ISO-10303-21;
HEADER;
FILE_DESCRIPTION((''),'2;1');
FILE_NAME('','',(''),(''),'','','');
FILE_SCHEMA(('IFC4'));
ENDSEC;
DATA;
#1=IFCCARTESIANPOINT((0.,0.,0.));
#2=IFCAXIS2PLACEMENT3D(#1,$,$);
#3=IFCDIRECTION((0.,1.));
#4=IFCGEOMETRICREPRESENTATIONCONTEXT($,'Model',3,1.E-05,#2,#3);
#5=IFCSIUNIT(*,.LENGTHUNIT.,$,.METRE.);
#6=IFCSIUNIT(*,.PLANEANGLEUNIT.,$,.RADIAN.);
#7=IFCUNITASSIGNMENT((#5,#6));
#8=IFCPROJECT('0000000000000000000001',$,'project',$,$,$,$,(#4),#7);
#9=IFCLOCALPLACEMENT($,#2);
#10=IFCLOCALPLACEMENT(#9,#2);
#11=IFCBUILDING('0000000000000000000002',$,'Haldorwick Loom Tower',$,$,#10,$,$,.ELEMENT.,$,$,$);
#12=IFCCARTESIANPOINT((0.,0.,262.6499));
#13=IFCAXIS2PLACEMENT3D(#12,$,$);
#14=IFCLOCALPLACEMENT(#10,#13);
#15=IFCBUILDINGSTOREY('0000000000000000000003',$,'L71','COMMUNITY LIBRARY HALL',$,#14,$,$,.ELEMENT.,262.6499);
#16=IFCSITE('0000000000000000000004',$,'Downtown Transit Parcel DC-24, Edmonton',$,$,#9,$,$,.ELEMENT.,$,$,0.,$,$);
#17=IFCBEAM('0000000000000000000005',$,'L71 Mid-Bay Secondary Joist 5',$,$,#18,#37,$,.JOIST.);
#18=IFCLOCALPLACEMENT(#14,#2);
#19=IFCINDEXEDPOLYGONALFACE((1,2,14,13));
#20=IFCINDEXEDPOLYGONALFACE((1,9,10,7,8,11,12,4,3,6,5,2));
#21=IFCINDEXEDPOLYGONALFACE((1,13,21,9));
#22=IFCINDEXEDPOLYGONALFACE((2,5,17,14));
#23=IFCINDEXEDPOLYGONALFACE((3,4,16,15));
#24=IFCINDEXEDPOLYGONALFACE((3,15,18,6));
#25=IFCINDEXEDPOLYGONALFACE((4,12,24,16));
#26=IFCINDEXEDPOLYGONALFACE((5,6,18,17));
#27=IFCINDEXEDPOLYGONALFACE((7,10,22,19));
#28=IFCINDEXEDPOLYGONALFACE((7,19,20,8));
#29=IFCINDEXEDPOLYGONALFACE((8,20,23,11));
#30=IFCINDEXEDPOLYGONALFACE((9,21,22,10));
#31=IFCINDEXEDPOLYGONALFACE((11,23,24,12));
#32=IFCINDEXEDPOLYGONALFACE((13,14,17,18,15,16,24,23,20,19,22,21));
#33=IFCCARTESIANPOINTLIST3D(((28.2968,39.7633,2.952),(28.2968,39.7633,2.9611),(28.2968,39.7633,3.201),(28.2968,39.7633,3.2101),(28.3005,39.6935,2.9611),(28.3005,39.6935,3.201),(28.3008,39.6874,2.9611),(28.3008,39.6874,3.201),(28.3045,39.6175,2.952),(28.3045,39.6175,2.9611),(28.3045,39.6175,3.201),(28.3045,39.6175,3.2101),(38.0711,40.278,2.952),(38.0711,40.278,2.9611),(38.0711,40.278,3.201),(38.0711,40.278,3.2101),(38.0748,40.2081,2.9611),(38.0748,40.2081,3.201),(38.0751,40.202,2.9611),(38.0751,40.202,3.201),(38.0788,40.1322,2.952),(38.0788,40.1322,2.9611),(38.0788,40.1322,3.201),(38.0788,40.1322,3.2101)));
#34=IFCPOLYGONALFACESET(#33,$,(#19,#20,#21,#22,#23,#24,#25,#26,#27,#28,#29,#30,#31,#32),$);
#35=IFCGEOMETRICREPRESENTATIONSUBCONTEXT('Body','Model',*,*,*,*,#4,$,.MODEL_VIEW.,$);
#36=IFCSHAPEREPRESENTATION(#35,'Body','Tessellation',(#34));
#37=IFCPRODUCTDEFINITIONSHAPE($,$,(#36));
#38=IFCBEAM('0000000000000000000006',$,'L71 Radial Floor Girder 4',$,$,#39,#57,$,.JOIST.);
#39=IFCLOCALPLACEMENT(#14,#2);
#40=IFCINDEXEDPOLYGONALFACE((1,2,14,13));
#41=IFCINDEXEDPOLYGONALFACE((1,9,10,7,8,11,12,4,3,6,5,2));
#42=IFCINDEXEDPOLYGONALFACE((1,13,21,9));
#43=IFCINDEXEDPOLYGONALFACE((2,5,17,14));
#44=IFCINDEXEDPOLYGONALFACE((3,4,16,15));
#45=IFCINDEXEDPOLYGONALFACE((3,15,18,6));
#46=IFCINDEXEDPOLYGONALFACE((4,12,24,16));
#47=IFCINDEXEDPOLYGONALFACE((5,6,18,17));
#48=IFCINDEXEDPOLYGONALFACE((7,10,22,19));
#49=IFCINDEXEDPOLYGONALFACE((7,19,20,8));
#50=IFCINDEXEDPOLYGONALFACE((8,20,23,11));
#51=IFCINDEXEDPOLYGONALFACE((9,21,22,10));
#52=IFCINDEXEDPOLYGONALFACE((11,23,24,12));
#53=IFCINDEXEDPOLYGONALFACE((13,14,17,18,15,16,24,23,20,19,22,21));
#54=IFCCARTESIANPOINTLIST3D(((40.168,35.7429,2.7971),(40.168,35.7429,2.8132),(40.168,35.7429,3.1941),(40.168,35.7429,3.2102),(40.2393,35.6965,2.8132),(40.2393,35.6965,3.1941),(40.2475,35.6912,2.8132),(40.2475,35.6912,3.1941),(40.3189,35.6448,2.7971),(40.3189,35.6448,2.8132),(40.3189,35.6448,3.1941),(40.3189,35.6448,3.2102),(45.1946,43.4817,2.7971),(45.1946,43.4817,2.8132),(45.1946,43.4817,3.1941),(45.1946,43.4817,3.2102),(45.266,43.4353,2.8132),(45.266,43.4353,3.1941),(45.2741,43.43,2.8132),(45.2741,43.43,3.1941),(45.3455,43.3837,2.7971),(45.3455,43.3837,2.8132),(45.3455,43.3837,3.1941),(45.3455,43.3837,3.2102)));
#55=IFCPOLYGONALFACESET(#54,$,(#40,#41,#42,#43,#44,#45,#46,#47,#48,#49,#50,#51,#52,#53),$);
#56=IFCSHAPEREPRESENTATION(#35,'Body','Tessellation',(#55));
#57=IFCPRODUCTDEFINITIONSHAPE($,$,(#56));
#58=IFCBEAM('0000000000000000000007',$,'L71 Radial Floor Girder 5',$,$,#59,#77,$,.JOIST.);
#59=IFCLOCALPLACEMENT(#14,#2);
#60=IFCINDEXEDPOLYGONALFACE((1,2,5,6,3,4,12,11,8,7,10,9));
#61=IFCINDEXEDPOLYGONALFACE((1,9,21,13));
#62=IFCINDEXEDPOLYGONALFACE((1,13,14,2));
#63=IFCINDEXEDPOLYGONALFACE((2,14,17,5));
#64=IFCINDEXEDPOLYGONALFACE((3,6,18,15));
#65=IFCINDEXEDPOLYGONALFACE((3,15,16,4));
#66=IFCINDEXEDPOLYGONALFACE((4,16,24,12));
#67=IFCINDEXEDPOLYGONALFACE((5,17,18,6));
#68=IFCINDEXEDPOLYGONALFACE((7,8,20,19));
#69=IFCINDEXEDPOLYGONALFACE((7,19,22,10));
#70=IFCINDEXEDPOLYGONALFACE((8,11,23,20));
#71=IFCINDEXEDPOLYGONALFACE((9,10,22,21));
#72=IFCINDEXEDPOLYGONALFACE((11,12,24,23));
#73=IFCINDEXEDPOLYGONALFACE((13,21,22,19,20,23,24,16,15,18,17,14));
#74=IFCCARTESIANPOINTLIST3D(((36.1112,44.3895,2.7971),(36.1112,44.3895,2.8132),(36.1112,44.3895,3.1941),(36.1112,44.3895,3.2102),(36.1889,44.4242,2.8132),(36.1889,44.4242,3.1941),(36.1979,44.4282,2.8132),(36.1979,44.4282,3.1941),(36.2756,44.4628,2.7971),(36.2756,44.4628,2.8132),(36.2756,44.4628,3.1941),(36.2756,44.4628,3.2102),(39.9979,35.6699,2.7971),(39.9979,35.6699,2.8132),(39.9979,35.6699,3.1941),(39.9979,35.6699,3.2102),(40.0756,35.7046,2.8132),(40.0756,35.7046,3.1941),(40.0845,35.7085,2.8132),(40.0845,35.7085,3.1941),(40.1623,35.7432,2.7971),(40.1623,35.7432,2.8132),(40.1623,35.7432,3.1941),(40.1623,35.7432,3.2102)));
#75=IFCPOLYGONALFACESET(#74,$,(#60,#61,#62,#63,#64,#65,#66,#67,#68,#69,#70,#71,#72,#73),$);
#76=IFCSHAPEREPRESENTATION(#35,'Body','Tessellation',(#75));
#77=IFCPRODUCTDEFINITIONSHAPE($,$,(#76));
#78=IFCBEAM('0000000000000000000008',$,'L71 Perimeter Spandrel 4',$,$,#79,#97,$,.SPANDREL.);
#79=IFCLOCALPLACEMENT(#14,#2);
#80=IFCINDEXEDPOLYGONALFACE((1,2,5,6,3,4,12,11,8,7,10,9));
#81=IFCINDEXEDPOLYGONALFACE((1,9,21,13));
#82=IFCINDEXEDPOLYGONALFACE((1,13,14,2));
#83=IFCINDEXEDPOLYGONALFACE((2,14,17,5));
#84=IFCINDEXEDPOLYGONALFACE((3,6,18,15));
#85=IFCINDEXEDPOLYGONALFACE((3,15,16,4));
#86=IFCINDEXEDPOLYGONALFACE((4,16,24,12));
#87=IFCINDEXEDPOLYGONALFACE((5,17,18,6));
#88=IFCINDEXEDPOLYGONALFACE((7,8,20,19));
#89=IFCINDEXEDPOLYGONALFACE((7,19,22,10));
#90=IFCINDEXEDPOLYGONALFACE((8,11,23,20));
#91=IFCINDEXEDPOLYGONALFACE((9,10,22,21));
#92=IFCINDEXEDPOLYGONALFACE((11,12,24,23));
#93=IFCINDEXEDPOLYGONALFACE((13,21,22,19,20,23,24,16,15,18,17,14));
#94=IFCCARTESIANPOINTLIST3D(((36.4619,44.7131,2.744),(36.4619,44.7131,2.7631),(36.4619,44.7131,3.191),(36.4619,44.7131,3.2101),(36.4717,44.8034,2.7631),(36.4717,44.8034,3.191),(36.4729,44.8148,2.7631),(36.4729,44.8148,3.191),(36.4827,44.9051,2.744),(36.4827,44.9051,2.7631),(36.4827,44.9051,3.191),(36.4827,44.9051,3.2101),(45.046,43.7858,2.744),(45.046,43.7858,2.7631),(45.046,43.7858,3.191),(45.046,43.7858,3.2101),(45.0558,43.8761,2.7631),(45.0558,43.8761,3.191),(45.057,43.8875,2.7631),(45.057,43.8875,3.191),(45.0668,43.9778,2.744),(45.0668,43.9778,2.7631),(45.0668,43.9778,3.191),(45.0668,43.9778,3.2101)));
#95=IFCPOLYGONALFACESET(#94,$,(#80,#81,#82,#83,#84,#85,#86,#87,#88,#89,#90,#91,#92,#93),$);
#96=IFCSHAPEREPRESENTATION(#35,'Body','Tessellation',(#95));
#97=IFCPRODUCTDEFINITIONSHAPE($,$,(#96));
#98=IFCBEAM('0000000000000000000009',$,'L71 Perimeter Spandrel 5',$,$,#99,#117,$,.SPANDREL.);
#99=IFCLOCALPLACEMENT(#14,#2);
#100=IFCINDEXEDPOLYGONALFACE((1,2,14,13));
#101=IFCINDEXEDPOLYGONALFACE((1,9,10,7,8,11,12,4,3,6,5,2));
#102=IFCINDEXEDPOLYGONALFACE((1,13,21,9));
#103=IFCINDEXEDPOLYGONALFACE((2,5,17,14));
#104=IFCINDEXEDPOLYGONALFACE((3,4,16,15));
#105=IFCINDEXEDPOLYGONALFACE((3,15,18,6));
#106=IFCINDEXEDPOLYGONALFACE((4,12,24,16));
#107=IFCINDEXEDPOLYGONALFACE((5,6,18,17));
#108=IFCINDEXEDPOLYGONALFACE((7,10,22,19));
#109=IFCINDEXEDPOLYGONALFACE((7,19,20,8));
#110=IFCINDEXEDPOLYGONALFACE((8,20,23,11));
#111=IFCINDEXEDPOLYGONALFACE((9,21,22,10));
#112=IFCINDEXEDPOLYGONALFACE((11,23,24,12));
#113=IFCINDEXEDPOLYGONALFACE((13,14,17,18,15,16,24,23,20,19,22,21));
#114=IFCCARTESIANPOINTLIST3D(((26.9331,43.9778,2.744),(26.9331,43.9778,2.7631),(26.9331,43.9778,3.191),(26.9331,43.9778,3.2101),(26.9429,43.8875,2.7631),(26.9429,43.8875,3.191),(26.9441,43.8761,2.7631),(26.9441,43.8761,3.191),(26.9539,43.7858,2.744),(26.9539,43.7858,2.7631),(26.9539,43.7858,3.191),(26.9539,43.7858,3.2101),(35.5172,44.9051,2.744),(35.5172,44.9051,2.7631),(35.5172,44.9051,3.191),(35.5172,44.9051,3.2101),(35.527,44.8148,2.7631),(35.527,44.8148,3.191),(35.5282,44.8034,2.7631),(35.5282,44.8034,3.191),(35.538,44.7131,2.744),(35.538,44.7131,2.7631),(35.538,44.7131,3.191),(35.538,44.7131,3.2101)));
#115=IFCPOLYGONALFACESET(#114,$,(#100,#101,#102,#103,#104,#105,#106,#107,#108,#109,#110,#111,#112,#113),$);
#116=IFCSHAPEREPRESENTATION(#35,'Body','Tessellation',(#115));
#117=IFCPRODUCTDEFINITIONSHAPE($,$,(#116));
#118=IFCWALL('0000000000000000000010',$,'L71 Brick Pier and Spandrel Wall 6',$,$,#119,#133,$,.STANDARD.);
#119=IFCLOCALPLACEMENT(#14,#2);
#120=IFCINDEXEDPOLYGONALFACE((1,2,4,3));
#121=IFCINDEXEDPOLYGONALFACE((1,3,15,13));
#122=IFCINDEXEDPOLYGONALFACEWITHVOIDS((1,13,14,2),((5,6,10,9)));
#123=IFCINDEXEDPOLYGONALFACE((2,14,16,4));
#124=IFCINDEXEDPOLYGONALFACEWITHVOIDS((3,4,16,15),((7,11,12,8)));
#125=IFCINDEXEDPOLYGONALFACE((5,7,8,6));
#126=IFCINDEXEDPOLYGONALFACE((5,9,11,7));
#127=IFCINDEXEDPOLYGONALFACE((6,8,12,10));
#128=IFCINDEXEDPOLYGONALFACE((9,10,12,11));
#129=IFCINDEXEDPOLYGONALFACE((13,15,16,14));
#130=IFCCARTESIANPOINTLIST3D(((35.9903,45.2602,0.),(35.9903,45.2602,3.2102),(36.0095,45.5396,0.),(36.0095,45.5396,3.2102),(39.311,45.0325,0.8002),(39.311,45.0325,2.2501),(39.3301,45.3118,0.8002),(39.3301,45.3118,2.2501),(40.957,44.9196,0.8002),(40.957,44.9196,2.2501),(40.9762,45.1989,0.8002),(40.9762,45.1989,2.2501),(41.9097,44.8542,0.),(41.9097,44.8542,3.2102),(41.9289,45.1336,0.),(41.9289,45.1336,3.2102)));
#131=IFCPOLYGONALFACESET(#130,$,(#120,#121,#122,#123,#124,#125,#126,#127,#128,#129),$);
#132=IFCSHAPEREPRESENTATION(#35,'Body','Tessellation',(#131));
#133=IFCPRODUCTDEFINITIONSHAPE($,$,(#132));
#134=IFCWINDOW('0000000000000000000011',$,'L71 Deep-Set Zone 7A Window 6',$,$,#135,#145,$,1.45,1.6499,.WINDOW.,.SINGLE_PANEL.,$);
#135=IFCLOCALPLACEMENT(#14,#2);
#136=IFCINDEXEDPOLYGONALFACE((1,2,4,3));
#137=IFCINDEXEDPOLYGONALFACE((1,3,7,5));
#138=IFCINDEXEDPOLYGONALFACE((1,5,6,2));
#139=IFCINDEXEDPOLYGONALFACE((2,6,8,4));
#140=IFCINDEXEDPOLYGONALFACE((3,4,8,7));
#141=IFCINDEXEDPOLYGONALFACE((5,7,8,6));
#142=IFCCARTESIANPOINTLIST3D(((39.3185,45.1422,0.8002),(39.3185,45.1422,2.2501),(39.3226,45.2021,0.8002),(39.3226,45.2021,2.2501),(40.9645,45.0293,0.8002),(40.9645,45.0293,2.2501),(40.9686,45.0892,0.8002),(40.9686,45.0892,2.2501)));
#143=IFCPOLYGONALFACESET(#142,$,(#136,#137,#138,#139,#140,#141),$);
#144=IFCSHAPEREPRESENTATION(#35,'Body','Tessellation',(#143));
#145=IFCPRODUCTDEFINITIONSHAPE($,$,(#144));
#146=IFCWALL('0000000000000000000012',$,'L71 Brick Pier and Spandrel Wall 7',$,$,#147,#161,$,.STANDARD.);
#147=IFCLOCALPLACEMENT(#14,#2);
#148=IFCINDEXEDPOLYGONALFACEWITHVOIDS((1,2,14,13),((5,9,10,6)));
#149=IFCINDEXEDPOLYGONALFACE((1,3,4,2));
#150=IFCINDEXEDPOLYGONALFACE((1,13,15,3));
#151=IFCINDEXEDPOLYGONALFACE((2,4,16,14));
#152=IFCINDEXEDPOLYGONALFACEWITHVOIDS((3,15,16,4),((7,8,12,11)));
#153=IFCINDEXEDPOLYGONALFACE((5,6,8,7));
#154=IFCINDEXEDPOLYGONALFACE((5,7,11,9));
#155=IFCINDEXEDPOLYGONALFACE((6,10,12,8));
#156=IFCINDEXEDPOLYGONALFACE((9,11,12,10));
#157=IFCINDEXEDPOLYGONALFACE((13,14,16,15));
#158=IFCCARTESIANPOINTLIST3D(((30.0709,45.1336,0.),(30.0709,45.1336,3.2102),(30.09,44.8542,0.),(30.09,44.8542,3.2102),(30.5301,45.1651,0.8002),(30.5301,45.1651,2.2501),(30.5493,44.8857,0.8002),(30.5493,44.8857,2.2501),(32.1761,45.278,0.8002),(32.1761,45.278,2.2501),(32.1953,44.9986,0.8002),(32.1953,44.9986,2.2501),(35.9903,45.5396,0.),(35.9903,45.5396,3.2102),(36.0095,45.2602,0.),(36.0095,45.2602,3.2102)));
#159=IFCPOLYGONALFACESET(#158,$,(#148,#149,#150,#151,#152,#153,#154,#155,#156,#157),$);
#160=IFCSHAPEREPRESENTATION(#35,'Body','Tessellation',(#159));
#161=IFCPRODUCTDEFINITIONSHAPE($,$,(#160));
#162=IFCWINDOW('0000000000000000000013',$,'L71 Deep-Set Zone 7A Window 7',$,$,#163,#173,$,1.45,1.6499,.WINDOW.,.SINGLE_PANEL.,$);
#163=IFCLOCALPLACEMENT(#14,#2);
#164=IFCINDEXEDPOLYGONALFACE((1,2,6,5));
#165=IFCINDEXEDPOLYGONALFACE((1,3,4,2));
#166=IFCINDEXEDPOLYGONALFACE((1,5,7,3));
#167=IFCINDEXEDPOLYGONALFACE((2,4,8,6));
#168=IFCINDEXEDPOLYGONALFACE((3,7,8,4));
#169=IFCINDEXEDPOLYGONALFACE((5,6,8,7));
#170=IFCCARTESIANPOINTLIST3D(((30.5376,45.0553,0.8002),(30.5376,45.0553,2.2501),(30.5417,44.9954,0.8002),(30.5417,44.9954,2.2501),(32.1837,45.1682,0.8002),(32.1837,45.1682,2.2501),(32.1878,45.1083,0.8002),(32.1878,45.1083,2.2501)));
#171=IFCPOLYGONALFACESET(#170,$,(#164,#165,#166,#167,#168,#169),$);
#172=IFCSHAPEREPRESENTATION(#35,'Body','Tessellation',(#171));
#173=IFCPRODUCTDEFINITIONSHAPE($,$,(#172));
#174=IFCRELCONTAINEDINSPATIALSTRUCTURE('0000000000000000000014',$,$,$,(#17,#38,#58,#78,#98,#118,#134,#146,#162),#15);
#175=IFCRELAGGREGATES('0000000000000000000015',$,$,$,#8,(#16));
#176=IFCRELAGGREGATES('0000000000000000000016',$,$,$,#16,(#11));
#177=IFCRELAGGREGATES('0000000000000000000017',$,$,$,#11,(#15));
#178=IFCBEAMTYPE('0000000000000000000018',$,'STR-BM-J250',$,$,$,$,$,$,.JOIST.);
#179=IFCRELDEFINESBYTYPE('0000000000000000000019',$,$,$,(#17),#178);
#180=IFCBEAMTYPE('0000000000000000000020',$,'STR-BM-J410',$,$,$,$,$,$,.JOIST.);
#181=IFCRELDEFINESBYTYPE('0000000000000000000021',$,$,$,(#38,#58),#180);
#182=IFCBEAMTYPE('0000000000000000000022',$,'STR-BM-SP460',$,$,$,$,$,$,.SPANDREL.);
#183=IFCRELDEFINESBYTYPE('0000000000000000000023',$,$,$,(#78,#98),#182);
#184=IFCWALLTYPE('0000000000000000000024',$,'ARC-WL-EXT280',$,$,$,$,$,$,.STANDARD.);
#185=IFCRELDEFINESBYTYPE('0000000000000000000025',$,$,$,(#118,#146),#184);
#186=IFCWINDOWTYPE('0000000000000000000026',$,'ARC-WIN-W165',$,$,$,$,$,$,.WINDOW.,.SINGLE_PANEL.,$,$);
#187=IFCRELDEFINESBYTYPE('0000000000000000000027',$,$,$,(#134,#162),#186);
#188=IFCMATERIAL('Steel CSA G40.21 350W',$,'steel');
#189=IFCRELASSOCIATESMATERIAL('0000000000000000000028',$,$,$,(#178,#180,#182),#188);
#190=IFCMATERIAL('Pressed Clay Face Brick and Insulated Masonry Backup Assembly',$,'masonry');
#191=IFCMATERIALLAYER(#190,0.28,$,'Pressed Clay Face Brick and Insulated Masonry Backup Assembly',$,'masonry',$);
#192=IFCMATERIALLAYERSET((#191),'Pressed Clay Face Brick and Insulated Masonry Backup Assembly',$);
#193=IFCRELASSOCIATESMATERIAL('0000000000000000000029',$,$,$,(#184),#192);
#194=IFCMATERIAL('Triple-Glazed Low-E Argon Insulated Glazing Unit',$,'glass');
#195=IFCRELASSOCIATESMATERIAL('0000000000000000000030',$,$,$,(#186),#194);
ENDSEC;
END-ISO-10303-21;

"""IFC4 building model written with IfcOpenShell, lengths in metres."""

from ifc_helpers import new_model, si_unit, direction, frame, frame_2d, origin, origin_2d, place, context, subcontext, project, spatial, rectangle, i_section, extrude, material, layer, layer_set, material_profile, profile_set, type_object, element, fill, save


model = new_model("IFC4")

# Units and contexts
model_context = context("Model", 3, precision=1e-05, world=origin(), true_north=direction((0.0, 1.0)))
body_context = subcontext(model_context, "Body", "Model", "MODEL_VIEW")
ifc_project = project(units=[si_unit("LENGTHUNIT", "METRE"), si_unit("PLANEANGLEUNIT", "RADIAN")], contexts=[model_context])

# Site, building, storey
site_placement = place(None, origin())
site = spatial("IfcSite", under=ifc_project, at=site_placement, Name="Downtown Transit Parcel DC-24, Edmonton", CompositionType="ELEMENT", RefElevation=0.0)
building_placement = place(site_placement, origin())
building = spatial("IfcBuilding", under=site, at=building_placement, Name="Haldorwick Loom Tower", CompositionType="ELEMENT")
storey_placement = place(building_placement, frame((0.0, 0.0, 262.6499)))
storey = spatial("IfcBuildingStorey", under=building, at=storey_placement, Name="L71", Description="COMMUNITY LIBRARY HALL", CompositionType="ELEMENT", Elevation=262.6499)

# Shared definitions
ifc_material_1 = material(Name="Steel CSA G40.21 350W", Category="steel")

# Beams
ifc_material_profile_1 = material_profile(ifc_material_1, i_section(OverallWidth=0.146, OverallDepth=0.2581, WebThickness=0.0061, FlangeThickness=0.009, at=origin_2d()), Name="W250X33", Category="steel")
ifc_profile_set_1 = profile_set([ifc_material_profile_1], Name="Steel CSA G40.21 350W")
beam_type_1 = type_object("IfcBeamType", Name="STR-BM-J250", PredefinedType="JOIST", material=ifc_profile_set_1)
beam_1_placement = place(storey_placement, frame((38.075, 40.2051, 3.0811), z_axis=(-0.998617, -0.05258, 0.0), x_axis=(0.05258, -0.998617, 0.0)))
element("IfcBeam", 1, at=beam_1_placement, inside=storey, type_object=beam_type_1, Name="L71 Mid-Bay Secondary Joist 5", PredefinedType="JOIST", context=body_context, shape_type="SweptSolid", body=[
    extrude(i_section(OverallWidth=0.146, OverallDepth=0.2581, WebThickness=0.0061, FlangeThickness=0.009, at=origin_2d()), origin(), (0.0, 0.0, 1.0), 9.7878),
])
ifc_material_profile_2 = material_profile(ifc_material_1, i_section(OverallWidth=0.1799, OverallDepth=0.4131, WebThickness=0.0098, FlangeThickness=0.0161, at=origin_2d()), Name="W410X74", Category="steel")
ifc_profile_set_2 = profile_set([ifc_material_profile_2], Name="Steel CSA G40.21 350W")
beam_type_2 = type_object("IfcBeamType", Name="STR-BM-J410", PredefinedType="JOIST", material=ifc_profile_set_2)
beam_2_placement = place(storey_placement, frame((40.2434, 35.6938, 3.0037), z_axis=(0.544715, 0.838621, 0.0), x_axis=(-0.838621, 0.544715, 0.0)))
element("IfcBeam", 2, at=beam_2_placement, inside=storey, type_object=beam_type_2, Name="L71 Radial Floor Girder 4", PredefinedType="JOIST", context=body_context, shape_type="SweptSolid", body=[
    extrude(i_section(OverallWidth=0.1799, OverallDepth=0.4131, WebThickness=0.0098, FlangeThickness=0.0161, at=origin_2d()), origin(), (0.0, 0.0, 1.0), 9.228),
])
beam_3_placement = place(storey_placement, frame((40.0801, 35.7065, 3.0037), z_axis=(-0.407125, 0.913372, 0.0), x_axis=(-0.913372, -0.407125, 0.0)))
element("IfcBeam", 3, at=beam_3_placement, inside=storey, type_object=beam_type_2, Name="L71 Radial Floor Girder 5", PredefinedType="JOIST", context=body_context, shape_type="SweptSolid", body=[
    extrude(i_section(OverallWidth=0.1799, OverallDepth=0.4131, WebThickness=0.0098, FlangeThickness=0.0161, at=origin_2d()), origin(), (0.0, 0.0, 1.0), 9.5466),
])
ifc_material_profile_3 = material_profile(ifc_material_1, i_section(OverallWidth=0.1931, OverallDepth=0.4661, WebThickness=0.0115, FlangeThickness=0.019, at=origin_2d()), Name="W460X97", Category="steel")
ifc_profile_set_3 = profile_set([ifc_material_profile_3], Name="Steel CSA G40.21 350W")
beam_type_3 = type_object("IfcBeamType", Name="STR-BM-SP460", PredefinedType="SPANDREL", material=ifc_profile_set_3)
for number, where, z_axis, x_axis, name in (
    (4, (45.0564, 43.8818, 2.9771), (-0.994216, 0.107396, 0.0), (-0.107396, -0.994216, 0.0), "L71 Perimeter Spandrel 4"),
    (5, (35.5276, 44.8091, 2.9771), (-0.994216, -0.107396, 0.0), (0.107396, -0.994216, 0.0), "L71 Perimeter Spandrel 5"),
):
    element("IfcBeam", number, at=place(storey_placement, frame(where, z_axis=z_axis, x_axis=x_axis)), inside=storey, type_object=beam_type_3, Name=name, PredefinedType="SPANDREL", context=body_context, shape_type="SweptSolid", body=[
        extrude(i_section(OverallWidth=0.1931, OverallDepth=0.4661, WebThickness=0.0115, FlangeThickness=0.019, at=origin_2d()), origin(), (0.0, 0.0, 1.0), 8.634),
    ])

# Walls, openings, windows
ifc_material_2 = material(Name="Pressed Clay Face Brick and Insulated Masonry Backup Assembly", Category="masonry")
ifc_layer = layer(ifc_material_2, 0.28, Name="Pressed Clay Face Brick and Insulated Masonry Backup Assembly", Category="masonry")
ifc_layer_set = layer_set([ifc_layer], Name="Pressed Clay Face Brick and Insulated Masonry Backup Assembly")
wall_type = type_object("IfcWallType", Name="ARC-WL-EXT280", PredefinedType="STANDARD", material=ifc_layer_set)
wall_1_placement = place(storey_placement, frame((41.9194, 44.9939, 0.0), z_axis=(0.0, 0.0, 1.0), x_axis=(-0.997656, 0.068428, 0.0)))
wall_1 = element("IfcWall", 6, at=wall_1_placement, inside=storey, type_object=wall_type, Name="L71 Brick Pier and Spandrel Wall 6", PredefinedType="STANDARD", context=body_context, shape_type="SweptSolid", body=[
    extrude(rectangle(XDim=5.9333, YDim=0.28, at=frame_2d((2.9668, 0.0))), origin(), (0.0, 0.0, 1.0), 3.2102),
])
opening_1_placement = place(wall_1_placement, frame((0.9551, 0.0, 0.8)))
opening_1 = element("IfcOpeningElement", 7, at=opening_1_placement, cuts=wall_1, PredefinedType="OPENING", context=body_context, shape_type="SweptSolid", body=[
    extrude(rectangle(XDim=1.6499, YDim=1.45, at=frame_2d((0.825, 0.7251))), frame((0.0, 0.1499, 0.0), z_axis=(0.0, -1.0, 0.0), x_axis=(1.0, 0.0, 0.0)), (0.0, 0.0, 1.0), 0.3),
])
ifc_material_3 = material(Name="Triple-Glazed Low-E Argon Insulated Glazing Unit", Category="glass")
window_type = type_object("IfcWindowType", Name="ARC-WIN-W165", PartitioningType="SINGLE_PANEL", PredefinedType="WINDOW", material=ifc_material_3)
window_1_placement = place(opening_1_placement, origin())
window_1 = element("IfcWindow", 8, at=window_1_placement, inside=storey, type_object=window_type, Name="L71 Deep-Set Zone 7A Window 6", OverallHeight=1.45, OverallWidth=1.6499, PartitioningType="SINGLE_PANEL", PredefinedType="WINDOW", context=body_context, shape_type="SweptSolid", body=[
    extrude(rectangle(XDim=1.6499, YDim=1.45, at=frame_2d((0.825, 0.7251))), frame((0.0, 0.03, 0.0), z_axis=(0.0, -1.0, 0.0), x_axis=(1.0, 0.0, 0.0)), (0.0, 0.0, 1.0), 0.0601),
])
fill(opening_1, window_1)
wall_2_placement = place(storey_placement, frame((36.0, 45.3999, 0.0), z_axis=(0.0, 0.0, 1.0), x_axis=(-0.997656, -0.068428, 0.0)))
wall_2 = element("IfcWall", 9, at=wall_2_placement, inside=storey, type_object=wall_type, Name="L71 Brick Pier and Spandrel Wall 7", PredefinedType="STANDARD", context=body_context, shape_type="SweptSolid", body=[
    extrude(rectangle(XDim=5.9333, YDim=0.28, at=frame_2d((2.9668, 0.0))), origin(), (0.0, 0.0, 1.0), 3.2102),
])
opening_2_placement = place(wall_2_placement, frame((3.8232, 0.0, 0.8)))
opening_2 = element("IfcOpeningElement", 10, at=opening_2_placement, cuts=wall_2, PredefinedType="OPENING", context=body_context, shape_type="SweptSolid", body=[
    extrude(rectangle(XDim=1.6499, YDim=1.45, at=frame_2d((0.825, 0.7251))), frame((0.0, 0.1499, 0.0), z_axis=(0.0, -1.0, 0.0), x_axis=(1.0, 0.0, 0.0)), (0.0, 0.0, 1.0), 0.3),
])
window_2_placement = place(opening_2_placement, origin())
window_2 = element("IfcWindow", 11, at=window_2_placement, inside=storey, type_object=window_type, Name="L71 Deep-Set Zone 7A Window 7", OverallHeight=1.45, OverallWidth=1.6499, PartitioningType="SINGLE_PANEL", PredefinedType="WINDOW", context=body_context, shape_type="SweptSolid", body=[
    extrude(rectangle(XDim=1.6499, YDim=1.45, at=frame_2d((0.825, 0.7251))), frame((0.0, 0.03, 0.0), z_axis=(0.0, -1.0, 0.0), x_axis=(1.0, 0.0, 0.0)), (0.0, 0.0, 1.0), 0.0601),
])
fill(opening_2, window_2)

save(model, "model.ifc")
